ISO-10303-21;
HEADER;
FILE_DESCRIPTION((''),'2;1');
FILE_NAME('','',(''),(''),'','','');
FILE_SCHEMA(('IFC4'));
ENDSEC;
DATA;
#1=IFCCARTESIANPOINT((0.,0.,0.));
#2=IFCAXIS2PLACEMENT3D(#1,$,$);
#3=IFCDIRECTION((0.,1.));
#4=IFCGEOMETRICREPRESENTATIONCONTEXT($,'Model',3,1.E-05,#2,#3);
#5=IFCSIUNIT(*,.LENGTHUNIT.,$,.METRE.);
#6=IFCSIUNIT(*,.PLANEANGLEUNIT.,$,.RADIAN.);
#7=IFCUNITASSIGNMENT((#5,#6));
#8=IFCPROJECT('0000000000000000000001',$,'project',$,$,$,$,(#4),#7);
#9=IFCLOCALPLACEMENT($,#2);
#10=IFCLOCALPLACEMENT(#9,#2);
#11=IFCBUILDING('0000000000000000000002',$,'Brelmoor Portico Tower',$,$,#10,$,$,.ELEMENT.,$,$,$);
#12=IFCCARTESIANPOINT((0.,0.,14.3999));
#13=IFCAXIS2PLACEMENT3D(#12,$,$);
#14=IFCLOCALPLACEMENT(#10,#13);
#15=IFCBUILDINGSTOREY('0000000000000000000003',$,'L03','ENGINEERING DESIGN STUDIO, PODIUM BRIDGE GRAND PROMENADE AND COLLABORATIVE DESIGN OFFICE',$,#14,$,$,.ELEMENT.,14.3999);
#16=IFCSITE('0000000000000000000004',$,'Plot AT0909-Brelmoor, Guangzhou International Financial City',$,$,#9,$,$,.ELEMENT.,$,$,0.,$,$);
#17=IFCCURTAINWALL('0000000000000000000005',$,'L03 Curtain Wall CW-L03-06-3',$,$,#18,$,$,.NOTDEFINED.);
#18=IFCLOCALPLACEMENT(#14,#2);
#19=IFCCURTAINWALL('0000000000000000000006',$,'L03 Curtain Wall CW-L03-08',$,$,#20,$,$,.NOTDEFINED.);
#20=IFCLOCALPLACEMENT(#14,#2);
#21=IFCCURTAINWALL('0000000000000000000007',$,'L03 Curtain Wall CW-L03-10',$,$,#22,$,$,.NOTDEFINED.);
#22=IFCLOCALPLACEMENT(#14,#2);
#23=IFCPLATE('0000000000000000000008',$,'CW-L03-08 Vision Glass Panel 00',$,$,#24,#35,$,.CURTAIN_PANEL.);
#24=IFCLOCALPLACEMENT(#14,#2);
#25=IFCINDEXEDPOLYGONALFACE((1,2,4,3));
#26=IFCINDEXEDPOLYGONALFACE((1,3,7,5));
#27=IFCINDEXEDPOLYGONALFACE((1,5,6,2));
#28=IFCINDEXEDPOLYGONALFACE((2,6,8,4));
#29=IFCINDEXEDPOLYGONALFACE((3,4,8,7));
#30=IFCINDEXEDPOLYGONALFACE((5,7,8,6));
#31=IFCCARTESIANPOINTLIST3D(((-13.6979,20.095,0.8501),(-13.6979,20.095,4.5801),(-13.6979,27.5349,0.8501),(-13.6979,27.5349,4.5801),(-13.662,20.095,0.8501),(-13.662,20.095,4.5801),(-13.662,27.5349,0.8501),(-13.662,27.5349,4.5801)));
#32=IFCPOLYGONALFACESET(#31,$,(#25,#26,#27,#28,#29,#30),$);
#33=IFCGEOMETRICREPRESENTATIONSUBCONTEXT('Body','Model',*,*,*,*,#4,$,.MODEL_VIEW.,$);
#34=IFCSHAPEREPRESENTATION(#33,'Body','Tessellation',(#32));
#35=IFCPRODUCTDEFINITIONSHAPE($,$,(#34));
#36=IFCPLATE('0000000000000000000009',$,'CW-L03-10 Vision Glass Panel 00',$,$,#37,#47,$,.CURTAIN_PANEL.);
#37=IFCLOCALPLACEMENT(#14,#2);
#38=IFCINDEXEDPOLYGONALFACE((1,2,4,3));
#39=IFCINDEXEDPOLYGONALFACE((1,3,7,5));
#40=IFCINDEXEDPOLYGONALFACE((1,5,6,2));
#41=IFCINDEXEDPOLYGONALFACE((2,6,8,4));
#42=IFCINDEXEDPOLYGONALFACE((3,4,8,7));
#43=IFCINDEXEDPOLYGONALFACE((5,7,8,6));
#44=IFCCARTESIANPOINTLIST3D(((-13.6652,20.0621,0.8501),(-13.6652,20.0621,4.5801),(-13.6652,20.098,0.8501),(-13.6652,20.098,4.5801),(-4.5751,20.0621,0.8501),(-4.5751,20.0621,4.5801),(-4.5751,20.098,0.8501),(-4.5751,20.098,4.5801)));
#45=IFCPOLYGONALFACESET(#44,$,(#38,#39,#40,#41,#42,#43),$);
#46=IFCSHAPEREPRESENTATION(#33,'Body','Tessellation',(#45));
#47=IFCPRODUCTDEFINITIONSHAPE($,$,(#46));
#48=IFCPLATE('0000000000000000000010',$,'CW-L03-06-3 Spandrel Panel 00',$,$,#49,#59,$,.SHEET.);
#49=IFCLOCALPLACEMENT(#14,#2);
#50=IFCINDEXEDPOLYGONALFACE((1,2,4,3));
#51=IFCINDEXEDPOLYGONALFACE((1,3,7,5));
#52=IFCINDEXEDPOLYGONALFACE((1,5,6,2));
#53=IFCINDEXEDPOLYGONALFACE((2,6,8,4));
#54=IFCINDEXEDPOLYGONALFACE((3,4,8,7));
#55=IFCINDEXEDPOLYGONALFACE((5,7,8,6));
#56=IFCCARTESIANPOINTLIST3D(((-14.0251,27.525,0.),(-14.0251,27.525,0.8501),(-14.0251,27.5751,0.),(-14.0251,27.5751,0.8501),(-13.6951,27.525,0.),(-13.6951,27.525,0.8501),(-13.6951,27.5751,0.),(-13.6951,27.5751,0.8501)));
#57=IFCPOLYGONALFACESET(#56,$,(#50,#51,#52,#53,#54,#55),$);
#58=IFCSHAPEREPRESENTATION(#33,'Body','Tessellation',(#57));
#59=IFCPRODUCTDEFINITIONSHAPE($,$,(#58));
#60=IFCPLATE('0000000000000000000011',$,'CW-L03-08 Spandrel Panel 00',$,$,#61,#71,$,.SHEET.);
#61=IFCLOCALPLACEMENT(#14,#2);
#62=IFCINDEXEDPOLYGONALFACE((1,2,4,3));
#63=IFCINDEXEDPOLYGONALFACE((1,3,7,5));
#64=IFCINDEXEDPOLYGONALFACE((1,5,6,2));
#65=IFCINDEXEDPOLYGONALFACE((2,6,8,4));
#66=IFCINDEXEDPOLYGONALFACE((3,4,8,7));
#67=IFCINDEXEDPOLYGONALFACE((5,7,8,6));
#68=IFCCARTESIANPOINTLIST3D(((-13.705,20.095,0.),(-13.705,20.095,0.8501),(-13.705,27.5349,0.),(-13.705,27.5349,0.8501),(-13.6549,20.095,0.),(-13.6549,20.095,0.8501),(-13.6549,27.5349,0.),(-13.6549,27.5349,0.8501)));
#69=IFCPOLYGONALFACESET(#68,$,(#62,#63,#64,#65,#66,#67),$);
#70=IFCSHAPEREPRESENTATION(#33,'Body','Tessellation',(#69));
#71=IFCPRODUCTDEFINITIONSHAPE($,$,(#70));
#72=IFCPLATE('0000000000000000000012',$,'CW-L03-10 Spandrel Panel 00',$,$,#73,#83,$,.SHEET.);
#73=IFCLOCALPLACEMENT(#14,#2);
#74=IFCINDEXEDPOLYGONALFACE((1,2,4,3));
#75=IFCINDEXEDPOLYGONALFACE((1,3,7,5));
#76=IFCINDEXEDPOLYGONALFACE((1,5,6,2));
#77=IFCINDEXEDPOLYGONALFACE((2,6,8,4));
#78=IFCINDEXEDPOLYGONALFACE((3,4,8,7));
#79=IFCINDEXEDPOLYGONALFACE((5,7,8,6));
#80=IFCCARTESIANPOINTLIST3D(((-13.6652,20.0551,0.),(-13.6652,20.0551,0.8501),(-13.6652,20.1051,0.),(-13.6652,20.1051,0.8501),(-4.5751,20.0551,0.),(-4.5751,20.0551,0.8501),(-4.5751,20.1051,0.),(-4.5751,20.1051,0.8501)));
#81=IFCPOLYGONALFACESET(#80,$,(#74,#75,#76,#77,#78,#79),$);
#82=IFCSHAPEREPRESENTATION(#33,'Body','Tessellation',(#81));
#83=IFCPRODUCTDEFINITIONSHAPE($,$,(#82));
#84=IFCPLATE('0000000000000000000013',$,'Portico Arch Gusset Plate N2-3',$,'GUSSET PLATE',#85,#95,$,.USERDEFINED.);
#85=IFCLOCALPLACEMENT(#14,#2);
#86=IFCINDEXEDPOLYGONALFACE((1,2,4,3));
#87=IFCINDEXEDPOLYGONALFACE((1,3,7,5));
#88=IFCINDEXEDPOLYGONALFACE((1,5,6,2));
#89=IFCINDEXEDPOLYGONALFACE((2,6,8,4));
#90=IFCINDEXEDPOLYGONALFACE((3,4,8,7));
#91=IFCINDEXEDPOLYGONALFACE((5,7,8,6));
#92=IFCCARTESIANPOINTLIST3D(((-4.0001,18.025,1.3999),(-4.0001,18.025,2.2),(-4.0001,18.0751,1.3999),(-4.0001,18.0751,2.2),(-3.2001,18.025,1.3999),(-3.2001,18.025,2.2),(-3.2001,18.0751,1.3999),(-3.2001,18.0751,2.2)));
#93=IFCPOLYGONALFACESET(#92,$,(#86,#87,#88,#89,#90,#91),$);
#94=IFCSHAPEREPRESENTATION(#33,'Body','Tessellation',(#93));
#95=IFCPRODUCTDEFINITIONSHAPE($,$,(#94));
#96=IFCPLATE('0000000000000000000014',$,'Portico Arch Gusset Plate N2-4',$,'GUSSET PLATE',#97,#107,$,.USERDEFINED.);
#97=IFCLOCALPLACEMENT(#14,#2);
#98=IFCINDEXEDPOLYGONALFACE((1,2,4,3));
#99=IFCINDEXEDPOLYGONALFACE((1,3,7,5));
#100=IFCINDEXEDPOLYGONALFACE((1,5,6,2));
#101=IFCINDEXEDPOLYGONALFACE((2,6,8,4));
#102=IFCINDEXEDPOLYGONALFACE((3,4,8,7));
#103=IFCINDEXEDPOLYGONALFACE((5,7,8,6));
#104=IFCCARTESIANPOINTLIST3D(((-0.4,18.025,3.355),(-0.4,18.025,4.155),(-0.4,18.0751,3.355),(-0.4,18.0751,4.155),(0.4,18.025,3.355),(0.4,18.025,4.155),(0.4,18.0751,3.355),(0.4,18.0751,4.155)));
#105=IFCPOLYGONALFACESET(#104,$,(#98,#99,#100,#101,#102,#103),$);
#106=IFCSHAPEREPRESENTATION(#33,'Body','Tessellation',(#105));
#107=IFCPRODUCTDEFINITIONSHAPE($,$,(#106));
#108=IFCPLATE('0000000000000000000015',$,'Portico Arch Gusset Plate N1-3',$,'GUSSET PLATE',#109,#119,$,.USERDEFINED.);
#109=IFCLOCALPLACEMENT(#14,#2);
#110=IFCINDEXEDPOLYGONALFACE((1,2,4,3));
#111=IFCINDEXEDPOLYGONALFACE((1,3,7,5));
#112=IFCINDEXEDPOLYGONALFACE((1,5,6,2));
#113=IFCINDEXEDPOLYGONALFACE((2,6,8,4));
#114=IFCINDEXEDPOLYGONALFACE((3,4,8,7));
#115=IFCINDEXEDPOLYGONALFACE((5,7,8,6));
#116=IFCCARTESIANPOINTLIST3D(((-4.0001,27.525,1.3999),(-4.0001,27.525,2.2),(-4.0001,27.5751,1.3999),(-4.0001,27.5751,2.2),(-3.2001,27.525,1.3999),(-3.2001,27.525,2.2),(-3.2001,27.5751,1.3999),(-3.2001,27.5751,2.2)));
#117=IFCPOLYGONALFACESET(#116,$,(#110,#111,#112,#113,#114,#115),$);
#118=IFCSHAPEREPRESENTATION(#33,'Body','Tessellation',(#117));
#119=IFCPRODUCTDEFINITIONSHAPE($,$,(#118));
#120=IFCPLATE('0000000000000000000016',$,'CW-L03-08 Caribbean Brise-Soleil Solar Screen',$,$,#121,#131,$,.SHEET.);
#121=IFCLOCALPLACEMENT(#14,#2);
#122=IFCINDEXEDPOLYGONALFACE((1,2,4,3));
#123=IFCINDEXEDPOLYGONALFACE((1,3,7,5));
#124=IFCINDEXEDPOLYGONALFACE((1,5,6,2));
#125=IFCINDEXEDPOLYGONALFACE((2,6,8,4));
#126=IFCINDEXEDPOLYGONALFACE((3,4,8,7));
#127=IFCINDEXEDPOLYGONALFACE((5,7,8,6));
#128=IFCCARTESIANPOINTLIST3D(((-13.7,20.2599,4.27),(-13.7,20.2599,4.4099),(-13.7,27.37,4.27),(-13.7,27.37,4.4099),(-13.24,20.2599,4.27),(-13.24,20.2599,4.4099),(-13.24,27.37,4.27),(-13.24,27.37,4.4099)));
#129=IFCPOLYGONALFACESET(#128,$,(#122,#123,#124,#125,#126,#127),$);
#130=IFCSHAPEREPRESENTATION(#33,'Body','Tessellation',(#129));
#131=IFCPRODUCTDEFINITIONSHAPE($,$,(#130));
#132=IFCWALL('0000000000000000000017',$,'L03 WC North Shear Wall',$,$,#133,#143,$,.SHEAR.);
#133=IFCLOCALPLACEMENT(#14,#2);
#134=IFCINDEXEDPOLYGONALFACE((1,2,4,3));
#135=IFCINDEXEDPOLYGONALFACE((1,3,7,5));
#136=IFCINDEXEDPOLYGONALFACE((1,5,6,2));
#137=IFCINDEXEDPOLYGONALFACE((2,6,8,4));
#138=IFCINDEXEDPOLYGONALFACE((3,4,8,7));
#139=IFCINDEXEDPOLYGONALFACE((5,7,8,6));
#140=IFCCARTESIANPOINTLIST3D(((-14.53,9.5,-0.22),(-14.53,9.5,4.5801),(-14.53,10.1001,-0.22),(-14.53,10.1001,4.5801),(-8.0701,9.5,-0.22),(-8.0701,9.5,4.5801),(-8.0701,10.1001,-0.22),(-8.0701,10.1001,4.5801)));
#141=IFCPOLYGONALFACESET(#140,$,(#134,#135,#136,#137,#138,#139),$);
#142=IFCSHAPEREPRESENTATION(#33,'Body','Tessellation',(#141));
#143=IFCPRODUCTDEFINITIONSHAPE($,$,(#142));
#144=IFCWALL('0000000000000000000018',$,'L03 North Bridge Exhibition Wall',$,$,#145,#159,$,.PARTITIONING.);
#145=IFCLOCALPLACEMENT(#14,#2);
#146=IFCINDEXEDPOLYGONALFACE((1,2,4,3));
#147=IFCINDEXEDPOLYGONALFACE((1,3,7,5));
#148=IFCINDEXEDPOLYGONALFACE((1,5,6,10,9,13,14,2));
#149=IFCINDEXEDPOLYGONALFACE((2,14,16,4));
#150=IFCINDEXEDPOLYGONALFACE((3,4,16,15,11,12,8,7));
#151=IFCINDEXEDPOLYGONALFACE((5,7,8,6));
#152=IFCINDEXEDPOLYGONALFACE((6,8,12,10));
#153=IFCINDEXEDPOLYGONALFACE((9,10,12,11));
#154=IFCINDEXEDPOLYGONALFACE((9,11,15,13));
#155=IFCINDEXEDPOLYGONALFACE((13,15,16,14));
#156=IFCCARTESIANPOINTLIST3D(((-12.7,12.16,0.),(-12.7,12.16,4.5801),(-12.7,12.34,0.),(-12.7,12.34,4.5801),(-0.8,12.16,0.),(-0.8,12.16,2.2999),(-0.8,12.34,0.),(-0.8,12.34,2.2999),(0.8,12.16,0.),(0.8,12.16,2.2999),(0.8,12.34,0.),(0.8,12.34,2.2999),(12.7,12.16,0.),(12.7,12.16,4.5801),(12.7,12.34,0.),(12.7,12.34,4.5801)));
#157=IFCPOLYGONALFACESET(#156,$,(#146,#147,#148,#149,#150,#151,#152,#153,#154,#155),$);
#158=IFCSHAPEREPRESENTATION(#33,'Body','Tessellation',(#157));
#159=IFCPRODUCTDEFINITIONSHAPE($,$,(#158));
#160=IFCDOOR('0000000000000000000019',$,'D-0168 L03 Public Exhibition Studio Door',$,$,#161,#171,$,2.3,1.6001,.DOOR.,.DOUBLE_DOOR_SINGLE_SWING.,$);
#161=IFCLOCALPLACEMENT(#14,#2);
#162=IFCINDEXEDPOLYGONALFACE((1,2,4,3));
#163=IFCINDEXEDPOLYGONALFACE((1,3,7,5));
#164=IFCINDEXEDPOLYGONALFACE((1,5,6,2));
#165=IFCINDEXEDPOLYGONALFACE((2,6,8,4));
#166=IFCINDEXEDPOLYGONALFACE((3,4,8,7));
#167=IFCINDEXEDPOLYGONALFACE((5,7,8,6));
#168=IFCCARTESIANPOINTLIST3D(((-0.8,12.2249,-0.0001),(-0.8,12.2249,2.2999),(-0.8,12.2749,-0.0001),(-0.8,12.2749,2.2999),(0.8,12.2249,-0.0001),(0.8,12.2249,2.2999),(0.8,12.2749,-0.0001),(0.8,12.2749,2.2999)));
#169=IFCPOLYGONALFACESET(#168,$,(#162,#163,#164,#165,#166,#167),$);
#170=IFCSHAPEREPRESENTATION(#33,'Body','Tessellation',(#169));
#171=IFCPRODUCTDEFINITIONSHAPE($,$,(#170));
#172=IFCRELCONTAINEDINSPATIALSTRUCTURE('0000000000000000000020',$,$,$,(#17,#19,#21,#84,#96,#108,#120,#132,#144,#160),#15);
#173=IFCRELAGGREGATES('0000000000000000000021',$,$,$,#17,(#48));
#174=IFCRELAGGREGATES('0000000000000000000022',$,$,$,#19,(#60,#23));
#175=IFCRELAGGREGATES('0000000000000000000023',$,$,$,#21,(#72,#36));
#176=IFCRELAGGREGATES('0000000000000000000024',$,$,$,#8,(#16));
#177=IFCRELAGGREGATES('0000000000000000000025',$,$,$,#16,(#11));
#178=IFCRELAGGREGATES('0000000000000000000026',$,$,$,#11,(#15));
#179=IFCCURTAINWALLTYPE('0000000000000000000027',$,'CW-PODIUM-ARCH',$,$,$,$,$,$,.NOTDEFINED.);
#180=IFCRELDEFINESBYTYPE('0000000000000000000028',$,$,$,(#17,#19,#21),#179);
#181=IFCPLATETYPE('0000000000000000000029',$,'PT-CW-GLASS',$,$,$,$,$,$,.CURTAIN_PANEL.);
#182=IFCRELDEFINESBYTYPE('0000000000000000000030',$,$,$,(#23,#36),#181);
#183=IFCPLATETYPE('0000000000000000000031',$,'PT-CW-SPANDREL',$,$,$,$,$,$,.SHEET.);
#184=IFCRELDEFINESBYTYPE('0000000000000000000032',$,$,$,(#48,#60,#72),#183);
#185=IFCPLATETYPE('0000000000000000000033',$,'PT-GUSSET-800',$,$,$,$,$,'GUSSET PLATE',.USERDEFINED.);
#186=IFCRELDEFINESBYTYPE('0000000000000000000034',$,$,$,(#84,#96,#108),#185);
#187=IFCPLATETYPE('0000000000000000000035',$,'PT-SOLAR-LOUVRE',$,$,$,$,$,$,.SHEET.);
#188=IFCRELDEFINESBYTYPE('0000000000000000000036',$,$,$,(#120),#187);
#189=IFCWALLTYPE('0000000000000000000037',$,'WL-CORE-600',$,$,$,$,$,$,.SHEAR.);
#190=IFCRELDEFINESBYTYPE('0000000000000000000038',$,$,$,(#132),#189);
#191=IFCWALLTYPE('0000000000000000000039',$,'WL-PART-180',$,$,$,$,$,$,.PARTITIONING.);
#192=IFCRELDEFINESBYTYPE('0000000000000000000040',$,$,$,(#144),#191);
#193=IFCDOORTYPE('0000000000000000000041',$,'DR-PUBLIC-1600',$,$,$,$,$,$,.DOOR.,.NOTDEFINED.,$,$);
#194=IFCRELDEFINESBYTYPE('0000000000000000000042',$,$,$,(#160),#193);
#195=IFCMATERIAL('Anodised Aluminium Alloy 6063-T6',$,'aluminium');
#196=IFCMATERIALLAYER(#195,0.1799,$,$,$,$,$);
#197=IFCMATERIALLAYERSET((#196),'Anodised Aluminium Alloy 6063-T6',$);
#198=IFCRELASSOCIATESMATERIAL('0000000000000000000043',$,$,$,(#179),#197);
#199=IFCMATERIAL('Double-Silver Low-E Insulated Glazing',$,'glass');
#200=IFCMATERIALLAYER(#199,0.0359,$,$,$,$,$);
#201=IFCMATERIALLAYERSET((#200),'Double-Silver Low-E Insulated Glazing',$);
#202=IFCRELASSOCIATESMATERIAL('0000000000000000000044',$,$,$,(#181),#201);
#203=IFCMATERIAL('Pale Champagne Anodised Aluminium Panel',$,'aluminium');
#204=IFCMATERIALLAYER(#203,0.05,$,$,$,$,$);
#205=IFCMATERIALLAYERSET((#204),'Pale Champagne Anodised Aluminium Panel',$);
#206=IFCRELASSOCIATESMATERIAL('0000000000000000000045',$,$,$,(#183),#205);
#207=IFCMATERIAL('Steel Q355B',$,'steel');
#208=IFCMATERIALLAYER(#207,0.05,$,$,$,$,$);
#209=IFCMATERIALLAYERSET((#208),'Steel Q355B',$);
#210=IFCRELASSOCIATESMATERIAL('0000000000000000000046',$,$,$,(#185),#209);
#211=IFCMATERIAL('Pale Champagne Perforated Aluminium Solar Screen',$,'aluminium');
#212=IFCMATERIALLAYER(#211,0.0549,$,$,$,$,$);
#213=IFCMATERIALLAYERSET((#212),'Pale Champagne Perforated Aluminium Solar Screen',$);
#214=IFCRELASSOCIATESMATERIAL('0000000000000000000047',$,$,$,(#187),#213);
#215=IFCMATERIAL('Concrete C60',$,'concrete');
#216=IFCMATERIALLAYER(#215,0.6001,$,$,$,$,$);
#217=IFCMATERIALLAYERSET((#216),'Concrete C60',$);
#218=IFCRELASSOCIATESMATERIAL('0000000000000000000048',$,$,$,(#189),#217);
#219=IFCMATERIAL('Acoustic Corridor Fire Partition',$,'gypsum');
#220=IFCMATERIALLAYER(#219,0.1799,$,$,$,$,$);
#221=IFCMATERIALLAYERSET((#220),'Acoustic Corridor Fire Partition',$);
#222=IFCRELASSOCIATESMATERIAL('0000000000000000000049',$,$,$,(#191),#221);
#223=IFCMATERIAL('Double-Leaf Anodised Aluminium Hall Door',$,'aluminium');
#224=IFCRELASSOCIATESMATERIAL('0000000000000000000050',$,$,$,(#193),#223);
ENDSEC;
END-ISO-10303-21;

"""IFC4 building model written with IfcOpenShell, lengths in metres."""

from ifc_helpers import new_model, si_unit, direction, frame, frame_2d, origin, origin_2d, place, context, subcontext, project, spatial, rectangle, extrude, material, layer, layer_set, type_object, element, fill, aggregate, save


model = new_model("IFC4")

# Units and contexts
model_context = context("Model", 3, precision=1e-05, world=origin(), true_north=direction((0.0, 1.0)))
body_context = subcontext(model_context, "Body", "Model", "MODEL_VIEW")
ifc_project = project(units=[si_unit("LENGTHUNIT", "METRE"), si_unit("PLANEANGLEUNIT", "RADIAN")], contexts=[model_context])

# Site, building, storey
site_placement = place(None, origin())
site = spatial("IfcSite", under=ifc_project, at=site_placement, Name="Plot AT0909-Brelmoor, Guangzhou International Financial City", CompositionType="ELEMENT", RefElevation=0.0)
building_placement = place(site_placement, origin())
building = spatial("IfcBuilding", under=site, at=building_placement, Name="Brelmoor Portico Tower", CompositionType="ELEMENT")
storey_placement = place(building_placement, frame((0.0, 0.0, 14.3999)))
storey = spatial("IfcBuildingStorey", under=building, at=storey_placement, Name="L03", Description="ENGINEERING DESIGN STUDIO, PODIUM BRIDGE GRAND PROMENADE AND COLLABORATIVE DESIGN OFFICE", CompositionType="ELEMENT", Elevation=14.3999)

# Shared definitions
ifc_material_1 = material(Name="Steel Q355B", Category="steel")

# Curtain walls
ifc_material_2 = material(Name="Anodised Aluminium Alloy 6063-T6", Category="aluminium")
ifc_layer_1 = layer(ifc_material_2, 0.1799)
ifc_layer_set_1 = layer_set([ifc_layer_1], Name="Anodised Aluminium Alloy 6063-T6")
curtain_wall_type = type_object("IfcCurtainWallType", Name="CW-PODIUM-ARCH", PredefinedType="NOTDEFINED", material=ifc_layer_set_1)
curtain_wall_1_placement = place(storey_placement, origin())
curtain_wall_1 = element("IfcCurtainWall", 1, at=curtain_wall_1_placement, inside=storey, type_object=curtain_wall_type, Name="L03 Curtain Wall CW-L03-06-3", PredefinedType="NOTDEFINED")
curtain_wall_2_placement = place(storey_placement, origin())
curtain_wall_2 = element("IfcCurtainWall", 2, at=curtain_wall_2_placement, inside=storey, type_object=curtain_wall_type, Name="L03 Curtain Wall CW-L03-08", PredefinedType="NOTDEFINED")
curtain_wall_3_placement = place(storey_placement, origin())
curtain_wall_3 = element("IfcCurtainWall", 3, at=curtain_wall_3_placement, inside=storey, type_object=curtain_wall_type, Name="L03 Curtain Wall CW-L03-10", PredefinedType="NOTDEFINED")

# Plates
ifc_material_3 = material(Name="Double-Silver Low-E Insulated Glazing", Category="glass")
ifc_layer_2 = layer(ifc_material_3, 0.0359)
ifc_layer_set_2 = layer_set([ifc_layer_2], Name="Double-Silver Low-E Insulated Glazing")
plate_type_1 = type_object("IfcPlateType", Name="PT-CW-GLASS", PredefinedType="CURTAIN_PANEL", material=ifc_layer_set_2)
plate_1_placement = place(storey_placement, frame((-13.6799, 23.8149, 0.8501), z_axis=(0.0, 0.0, 1.0), x_axis=(0.0, 1.0, 0.0)))
plate_1 = element("IfcPlate", 4, at=plate_1_placement, type_object=plate_type_1, Name="CW-L03-08 Vision Glass Panel 00", PredefinedType="CURTAIN_PANEL", context=body_context, shape_type="SweptSolid", body=[
    extrude(rectangle(XDim=7.4399, YDim=0.0359, at=origin_2d()), origin(), (0.0, 0.0, 1.0), 3.73),
])
plate_2_placement = place(storey_placement, frame((-9.1201, 20.0801, 0.8501), z_axis=(0.0, 0.0, 1.0), x_axis=(1.0, 0.0, 0.0)))
plate_2 = element("IfcPlate", 5, at=plate_2_placement, type_object=plate_type_1, Name="CW-L03-10 Vision Glass Panel 00", PredefinedType="CURTAIN_PANEL", context=body_context, shape_type="SweptSolid", body=[
    extrude(rectangle(XDim=9.0901, YDim=0.0359, at=origin_2d()), origin(), (0.0, 0.0, 1.0), 3.73),
])
ifc_material_4 = material(Name="Pale Champagne Anodised Aluminium Panel", Category="aluminium")
ifc_layer_3 = layer(ifc_material_4, 0.05)
ifc_layer_set_3 = layer_set([ifc_layer_3], Name="Pale Champagne Anodised Aluminium Panel")
plate_type_2 = type_object("IfcPlateType", Name="PT-CW-SPANDREL", PredefinedType="SHEET", material=ifc_layer_set_3)
plate_3_placement = place(storey_placement, frame((-13.8601, 27.55, 0.0), z_axis=(0.0, 0.0, 1.0), x_axis=(1.0, 0.0, 0.0)))
plate_3 = element("IfcPlate", 6, at=plate_3_placement, type_object=plate_type_2, Name="CW-L03-06-3 Spandrel Panel 00", PredefinedType="SHEET", context=body_context, shape_type="SweptSolid", body=[
    extrude(rectangle(XDim=0.3301, YDim=0.05, at=origin_2d()), origin(), (0.0, 0.0, 1.0), 0.8501),
])
aggregate(curtain_wall_1, [plate_3])
plate_4_placement = place(storey_placement, frame((-13.6799, 23.8149, 0.0), z_axis=(0.0, 0.0, 1.0), x_axis=(0.0, 1.0, 0.0)))
plate_4 = element("IfcPlate", 7, at=plate_4_placement, type_object=plate_type_2, Name="CW-L03-08 Spandrel Panel 00", PredefinedType="SHEET", context=body_context, shape_type="SweptSolid", body=[
    extrude(rectangle(XDim=7.4399, YDim=0.05, at=origin_2d()), origin(), (0.0, 0.0, 1.0), 0.8501),
])
aggregate(curtain_wall_2, [plate_4, plate_1])
plate_5_placement = place(storey_placement, frame((-9.1201, 20.0801, 0.0), z_axis=(0.0, 0.0, 1.0), x_axis=(1.0, 0.0, 0.0)))
plate_5 = element("IfcPlate", 8, at=plate_5_placement, type_object=plate_type_2, Name="CW-L03-10 Spandrel Panel 00", PredefinedType="SHEET", context=body_context, shape_type="SweptSolid", body=[
    extrude(rectangle(XDim=9.0901, YDim=0.05, at=origin_2d()), origin(), (0.0, 0.0, 1.0), 0.8501),
])
aggregate(curtain_wall_3, [plate_5, plate_2])

# Plates
ifc_layer_4 = layer(ifc_material_1, 0.05)
ifc_layer_set_4 = layer_set([ifc_layer_4], Name="Steel Q355B")
plate_type_3 = type_object("IfcPlateType", Name="PT-GUSSET-800", ElementType="GUSSET PLATE", PredefinedType="USERDEFINED", material=ifc_layer_set_4)
for number, where, z_axis, x_axis, name in (
    (9, (-3.6001, 18.05, 1.3999), (0.0, 0.0, 1.0), (1.0, 0.0, 0.0), "Portico Arch Gusset Plate N2-3"),
    (10, (0.0, 18.05, 3.355), (0.0, 0.0, 1.0), (1.0, 0.0, 0.0), "Portico Arch Gusset Plate N2-4"),
    (11, (-3.6001, 27.55, 1.3999), (0.0, 0.0, 1.0), (1.0, 0.0, 0.0), "Portico Arch Gusset Plate N1-3"),
):
    element("IfcPlate", number, at=place(storey_placement, frame(where, z_axis=z_axis, x_axis=x_axis)), inside=storey, type_object=plate_type_3, Name=name, ObjectType="GUSSET PLATE", PredefinedType="USERDEFINED", context=body_context, shape_type="SweptSolid", body=[
        extrude(rectangle(XDim=0.8, YDim=0.05, at=origin_2d()), origin(), (0.0, 0.0, 1.0), 0.8),
    ])
ifc_material_5 = material(Name="Pale Champagne Perforated Aluminium Solar Screen", Category="aluminium")
ifc_layer_5 = layer(ifc_material_5, 0.0549)
ifc_layer_set_5 = layer_set([ifc_layer_5], Name="Pale Champagne Perforated Aluminium Solar Screen")
plate_type_4 = type_object("IfcPlateType", Name="PT-SOLAR-LOUVRE", PredefinedType="SHEET", material=ifc_layer_set_5)
plate_6_placement = place(storey_placement, frame((-13.47, 23.8149, 4.27), z_axis=(0.0, 0.0, 1.0), x_axis=(0.0, 1.0, 0.0)))
element("IfcPlate", 12, at=plate_6_placement, inside=storey, type_object=plate_type_4, Name="CW-L03-08 Caribbean Brise-Soleil Solar Screen", PredefinedType="SHEET", context=body_context, shape_type="SweptSolid", body=[
    extrude(rectangle(XDim=7.1101, YDim=0.46, at=origin_2d()), origin(), (0.0, 0.0, 1.0), 0.1399),
])

# Wall
ifc_material_6 = material(Name="Concrete C60", Category="concrete")
ifc_layer_6 = layer(ifc_material_6, 0.6001)
ifc_layer_set_6 = layer_set([ifc_layer_6], Name="Concrete C60")
wall_type_1 = type_object("IfcWallType", Name="WL-CORE-600", PredefinedType="SHEAR", material=ifc_layer_set_6)
wall_1_placement = place(storey_placement, frame((-14.53, 9.8, -0.22), z_axis=(0.0, 0.0, 1.0), x_axis=(1.0, 0.0, 0.0)))
element("IfcWall", 13, at=wall_1_placement, inside=storey, type_object=wall_type_1, Name="L03 WC North Shear Wall", PredefinedType="SHEAR", context=body_context, shape_type="SweptSolid", body=[
    extrude(rectangle(XDim=6.46, YDim=0.6001, at=frame_2d((3.23, 0.0))), origin(), (0.0, 0.0, 1.0), 4.8),
])

# Wall, opening, door
ifc_material_7 = material(Name="Acoustic Corridor Fire Partition", Category="gypsum")
ifc_layer_7 = layer(ifc_material_7, 0.1799)
ifc_layer_set_7 = layer_set([ifc_layer_7], Name="Acoustic Corridor Fire Partition")
wall_type_2 = type_object("IfcWallType", Name="WL-PART-180", PredefinedType="PARTITIONING", material=ifc_layer_set_7)
wall_2_placement = place(storey_placement, frame((-12.7, 12.25, 0.0), z_axis=(0.0, 0.0, 1.0), x_axis=(1.0, 0.0, 0.0)))
wall_2 = element("IfcWall", 14, at=wall_2_placement, inside=storey, type_object=wall_type_2, Name="L03 North Bridge Exhibition Wall", PredefinedType="PARTITIONING", context=body_context, shape_type="SweptSolid", body=[
    extrude(rectangle(XDim=25.3999, YDim=0.1799, at=frame_2d((12.7, 0.0))), origin(), (0.0, 0.0, 1.0), 4.5801),
])
opening_placement = place(wall_2_placement, frame((11.8999, 0.0, 0.0)))
opening = element("IfcOpeningElement", 15, at=opening_placement, cuts=wall_2, PredefinedType="OPENING", context=body_context, shape_type="SweptSolid", body=[
    extrude(rectangle(XDim=1.6001, YDim=2.3, at=frame_2d((0.8, 1.1499))), frame((0.0, 0.0999, 0.0), z_axis=(0.0, -1.0, 0.0), x_axis=(1.0, 0.0, 0.0)), (0.0, 0.0, 1.0), 0.2),
])
ifc_material_8 = material(Name="Double-Leaf Anodised Aluminium Hall Door", Category="aluminium")
door_type = type_object("IfcDoorType", Name="DR-PUBLIC-1600", OperationType="NOTDEFINED", PredefinedType="DOOR", material=ifc_material_8)
door_placement = place(opening_placement, origin())
door = element("IfcDoor", 16, at=door_placement, inside=storey, type_object=door_type, Name="D-0168 L03 Public Exhibition Studio Door", OperationType="DOUBLE_DOOR_SINGLE_SWING", OverallHeight=2.3, OverallWidth=1.6001, PredefinedType="DOOR", context=body_context, shape_type="SweptSolid", body=[
    extrude(rectangle(XDim=1.6001, YDim=2.3, at=frame_2d((0.8, 1.1499))), frame((0.0, 0.0249, 0.0), z_axis=(0.0, -1.0, 0.0), x_axis=(1.0, 0.0, 0.0)), (0.0, 0.0, 1.0), 0.05),
])
fill(opening, door)

save(model, "model.ifc")
